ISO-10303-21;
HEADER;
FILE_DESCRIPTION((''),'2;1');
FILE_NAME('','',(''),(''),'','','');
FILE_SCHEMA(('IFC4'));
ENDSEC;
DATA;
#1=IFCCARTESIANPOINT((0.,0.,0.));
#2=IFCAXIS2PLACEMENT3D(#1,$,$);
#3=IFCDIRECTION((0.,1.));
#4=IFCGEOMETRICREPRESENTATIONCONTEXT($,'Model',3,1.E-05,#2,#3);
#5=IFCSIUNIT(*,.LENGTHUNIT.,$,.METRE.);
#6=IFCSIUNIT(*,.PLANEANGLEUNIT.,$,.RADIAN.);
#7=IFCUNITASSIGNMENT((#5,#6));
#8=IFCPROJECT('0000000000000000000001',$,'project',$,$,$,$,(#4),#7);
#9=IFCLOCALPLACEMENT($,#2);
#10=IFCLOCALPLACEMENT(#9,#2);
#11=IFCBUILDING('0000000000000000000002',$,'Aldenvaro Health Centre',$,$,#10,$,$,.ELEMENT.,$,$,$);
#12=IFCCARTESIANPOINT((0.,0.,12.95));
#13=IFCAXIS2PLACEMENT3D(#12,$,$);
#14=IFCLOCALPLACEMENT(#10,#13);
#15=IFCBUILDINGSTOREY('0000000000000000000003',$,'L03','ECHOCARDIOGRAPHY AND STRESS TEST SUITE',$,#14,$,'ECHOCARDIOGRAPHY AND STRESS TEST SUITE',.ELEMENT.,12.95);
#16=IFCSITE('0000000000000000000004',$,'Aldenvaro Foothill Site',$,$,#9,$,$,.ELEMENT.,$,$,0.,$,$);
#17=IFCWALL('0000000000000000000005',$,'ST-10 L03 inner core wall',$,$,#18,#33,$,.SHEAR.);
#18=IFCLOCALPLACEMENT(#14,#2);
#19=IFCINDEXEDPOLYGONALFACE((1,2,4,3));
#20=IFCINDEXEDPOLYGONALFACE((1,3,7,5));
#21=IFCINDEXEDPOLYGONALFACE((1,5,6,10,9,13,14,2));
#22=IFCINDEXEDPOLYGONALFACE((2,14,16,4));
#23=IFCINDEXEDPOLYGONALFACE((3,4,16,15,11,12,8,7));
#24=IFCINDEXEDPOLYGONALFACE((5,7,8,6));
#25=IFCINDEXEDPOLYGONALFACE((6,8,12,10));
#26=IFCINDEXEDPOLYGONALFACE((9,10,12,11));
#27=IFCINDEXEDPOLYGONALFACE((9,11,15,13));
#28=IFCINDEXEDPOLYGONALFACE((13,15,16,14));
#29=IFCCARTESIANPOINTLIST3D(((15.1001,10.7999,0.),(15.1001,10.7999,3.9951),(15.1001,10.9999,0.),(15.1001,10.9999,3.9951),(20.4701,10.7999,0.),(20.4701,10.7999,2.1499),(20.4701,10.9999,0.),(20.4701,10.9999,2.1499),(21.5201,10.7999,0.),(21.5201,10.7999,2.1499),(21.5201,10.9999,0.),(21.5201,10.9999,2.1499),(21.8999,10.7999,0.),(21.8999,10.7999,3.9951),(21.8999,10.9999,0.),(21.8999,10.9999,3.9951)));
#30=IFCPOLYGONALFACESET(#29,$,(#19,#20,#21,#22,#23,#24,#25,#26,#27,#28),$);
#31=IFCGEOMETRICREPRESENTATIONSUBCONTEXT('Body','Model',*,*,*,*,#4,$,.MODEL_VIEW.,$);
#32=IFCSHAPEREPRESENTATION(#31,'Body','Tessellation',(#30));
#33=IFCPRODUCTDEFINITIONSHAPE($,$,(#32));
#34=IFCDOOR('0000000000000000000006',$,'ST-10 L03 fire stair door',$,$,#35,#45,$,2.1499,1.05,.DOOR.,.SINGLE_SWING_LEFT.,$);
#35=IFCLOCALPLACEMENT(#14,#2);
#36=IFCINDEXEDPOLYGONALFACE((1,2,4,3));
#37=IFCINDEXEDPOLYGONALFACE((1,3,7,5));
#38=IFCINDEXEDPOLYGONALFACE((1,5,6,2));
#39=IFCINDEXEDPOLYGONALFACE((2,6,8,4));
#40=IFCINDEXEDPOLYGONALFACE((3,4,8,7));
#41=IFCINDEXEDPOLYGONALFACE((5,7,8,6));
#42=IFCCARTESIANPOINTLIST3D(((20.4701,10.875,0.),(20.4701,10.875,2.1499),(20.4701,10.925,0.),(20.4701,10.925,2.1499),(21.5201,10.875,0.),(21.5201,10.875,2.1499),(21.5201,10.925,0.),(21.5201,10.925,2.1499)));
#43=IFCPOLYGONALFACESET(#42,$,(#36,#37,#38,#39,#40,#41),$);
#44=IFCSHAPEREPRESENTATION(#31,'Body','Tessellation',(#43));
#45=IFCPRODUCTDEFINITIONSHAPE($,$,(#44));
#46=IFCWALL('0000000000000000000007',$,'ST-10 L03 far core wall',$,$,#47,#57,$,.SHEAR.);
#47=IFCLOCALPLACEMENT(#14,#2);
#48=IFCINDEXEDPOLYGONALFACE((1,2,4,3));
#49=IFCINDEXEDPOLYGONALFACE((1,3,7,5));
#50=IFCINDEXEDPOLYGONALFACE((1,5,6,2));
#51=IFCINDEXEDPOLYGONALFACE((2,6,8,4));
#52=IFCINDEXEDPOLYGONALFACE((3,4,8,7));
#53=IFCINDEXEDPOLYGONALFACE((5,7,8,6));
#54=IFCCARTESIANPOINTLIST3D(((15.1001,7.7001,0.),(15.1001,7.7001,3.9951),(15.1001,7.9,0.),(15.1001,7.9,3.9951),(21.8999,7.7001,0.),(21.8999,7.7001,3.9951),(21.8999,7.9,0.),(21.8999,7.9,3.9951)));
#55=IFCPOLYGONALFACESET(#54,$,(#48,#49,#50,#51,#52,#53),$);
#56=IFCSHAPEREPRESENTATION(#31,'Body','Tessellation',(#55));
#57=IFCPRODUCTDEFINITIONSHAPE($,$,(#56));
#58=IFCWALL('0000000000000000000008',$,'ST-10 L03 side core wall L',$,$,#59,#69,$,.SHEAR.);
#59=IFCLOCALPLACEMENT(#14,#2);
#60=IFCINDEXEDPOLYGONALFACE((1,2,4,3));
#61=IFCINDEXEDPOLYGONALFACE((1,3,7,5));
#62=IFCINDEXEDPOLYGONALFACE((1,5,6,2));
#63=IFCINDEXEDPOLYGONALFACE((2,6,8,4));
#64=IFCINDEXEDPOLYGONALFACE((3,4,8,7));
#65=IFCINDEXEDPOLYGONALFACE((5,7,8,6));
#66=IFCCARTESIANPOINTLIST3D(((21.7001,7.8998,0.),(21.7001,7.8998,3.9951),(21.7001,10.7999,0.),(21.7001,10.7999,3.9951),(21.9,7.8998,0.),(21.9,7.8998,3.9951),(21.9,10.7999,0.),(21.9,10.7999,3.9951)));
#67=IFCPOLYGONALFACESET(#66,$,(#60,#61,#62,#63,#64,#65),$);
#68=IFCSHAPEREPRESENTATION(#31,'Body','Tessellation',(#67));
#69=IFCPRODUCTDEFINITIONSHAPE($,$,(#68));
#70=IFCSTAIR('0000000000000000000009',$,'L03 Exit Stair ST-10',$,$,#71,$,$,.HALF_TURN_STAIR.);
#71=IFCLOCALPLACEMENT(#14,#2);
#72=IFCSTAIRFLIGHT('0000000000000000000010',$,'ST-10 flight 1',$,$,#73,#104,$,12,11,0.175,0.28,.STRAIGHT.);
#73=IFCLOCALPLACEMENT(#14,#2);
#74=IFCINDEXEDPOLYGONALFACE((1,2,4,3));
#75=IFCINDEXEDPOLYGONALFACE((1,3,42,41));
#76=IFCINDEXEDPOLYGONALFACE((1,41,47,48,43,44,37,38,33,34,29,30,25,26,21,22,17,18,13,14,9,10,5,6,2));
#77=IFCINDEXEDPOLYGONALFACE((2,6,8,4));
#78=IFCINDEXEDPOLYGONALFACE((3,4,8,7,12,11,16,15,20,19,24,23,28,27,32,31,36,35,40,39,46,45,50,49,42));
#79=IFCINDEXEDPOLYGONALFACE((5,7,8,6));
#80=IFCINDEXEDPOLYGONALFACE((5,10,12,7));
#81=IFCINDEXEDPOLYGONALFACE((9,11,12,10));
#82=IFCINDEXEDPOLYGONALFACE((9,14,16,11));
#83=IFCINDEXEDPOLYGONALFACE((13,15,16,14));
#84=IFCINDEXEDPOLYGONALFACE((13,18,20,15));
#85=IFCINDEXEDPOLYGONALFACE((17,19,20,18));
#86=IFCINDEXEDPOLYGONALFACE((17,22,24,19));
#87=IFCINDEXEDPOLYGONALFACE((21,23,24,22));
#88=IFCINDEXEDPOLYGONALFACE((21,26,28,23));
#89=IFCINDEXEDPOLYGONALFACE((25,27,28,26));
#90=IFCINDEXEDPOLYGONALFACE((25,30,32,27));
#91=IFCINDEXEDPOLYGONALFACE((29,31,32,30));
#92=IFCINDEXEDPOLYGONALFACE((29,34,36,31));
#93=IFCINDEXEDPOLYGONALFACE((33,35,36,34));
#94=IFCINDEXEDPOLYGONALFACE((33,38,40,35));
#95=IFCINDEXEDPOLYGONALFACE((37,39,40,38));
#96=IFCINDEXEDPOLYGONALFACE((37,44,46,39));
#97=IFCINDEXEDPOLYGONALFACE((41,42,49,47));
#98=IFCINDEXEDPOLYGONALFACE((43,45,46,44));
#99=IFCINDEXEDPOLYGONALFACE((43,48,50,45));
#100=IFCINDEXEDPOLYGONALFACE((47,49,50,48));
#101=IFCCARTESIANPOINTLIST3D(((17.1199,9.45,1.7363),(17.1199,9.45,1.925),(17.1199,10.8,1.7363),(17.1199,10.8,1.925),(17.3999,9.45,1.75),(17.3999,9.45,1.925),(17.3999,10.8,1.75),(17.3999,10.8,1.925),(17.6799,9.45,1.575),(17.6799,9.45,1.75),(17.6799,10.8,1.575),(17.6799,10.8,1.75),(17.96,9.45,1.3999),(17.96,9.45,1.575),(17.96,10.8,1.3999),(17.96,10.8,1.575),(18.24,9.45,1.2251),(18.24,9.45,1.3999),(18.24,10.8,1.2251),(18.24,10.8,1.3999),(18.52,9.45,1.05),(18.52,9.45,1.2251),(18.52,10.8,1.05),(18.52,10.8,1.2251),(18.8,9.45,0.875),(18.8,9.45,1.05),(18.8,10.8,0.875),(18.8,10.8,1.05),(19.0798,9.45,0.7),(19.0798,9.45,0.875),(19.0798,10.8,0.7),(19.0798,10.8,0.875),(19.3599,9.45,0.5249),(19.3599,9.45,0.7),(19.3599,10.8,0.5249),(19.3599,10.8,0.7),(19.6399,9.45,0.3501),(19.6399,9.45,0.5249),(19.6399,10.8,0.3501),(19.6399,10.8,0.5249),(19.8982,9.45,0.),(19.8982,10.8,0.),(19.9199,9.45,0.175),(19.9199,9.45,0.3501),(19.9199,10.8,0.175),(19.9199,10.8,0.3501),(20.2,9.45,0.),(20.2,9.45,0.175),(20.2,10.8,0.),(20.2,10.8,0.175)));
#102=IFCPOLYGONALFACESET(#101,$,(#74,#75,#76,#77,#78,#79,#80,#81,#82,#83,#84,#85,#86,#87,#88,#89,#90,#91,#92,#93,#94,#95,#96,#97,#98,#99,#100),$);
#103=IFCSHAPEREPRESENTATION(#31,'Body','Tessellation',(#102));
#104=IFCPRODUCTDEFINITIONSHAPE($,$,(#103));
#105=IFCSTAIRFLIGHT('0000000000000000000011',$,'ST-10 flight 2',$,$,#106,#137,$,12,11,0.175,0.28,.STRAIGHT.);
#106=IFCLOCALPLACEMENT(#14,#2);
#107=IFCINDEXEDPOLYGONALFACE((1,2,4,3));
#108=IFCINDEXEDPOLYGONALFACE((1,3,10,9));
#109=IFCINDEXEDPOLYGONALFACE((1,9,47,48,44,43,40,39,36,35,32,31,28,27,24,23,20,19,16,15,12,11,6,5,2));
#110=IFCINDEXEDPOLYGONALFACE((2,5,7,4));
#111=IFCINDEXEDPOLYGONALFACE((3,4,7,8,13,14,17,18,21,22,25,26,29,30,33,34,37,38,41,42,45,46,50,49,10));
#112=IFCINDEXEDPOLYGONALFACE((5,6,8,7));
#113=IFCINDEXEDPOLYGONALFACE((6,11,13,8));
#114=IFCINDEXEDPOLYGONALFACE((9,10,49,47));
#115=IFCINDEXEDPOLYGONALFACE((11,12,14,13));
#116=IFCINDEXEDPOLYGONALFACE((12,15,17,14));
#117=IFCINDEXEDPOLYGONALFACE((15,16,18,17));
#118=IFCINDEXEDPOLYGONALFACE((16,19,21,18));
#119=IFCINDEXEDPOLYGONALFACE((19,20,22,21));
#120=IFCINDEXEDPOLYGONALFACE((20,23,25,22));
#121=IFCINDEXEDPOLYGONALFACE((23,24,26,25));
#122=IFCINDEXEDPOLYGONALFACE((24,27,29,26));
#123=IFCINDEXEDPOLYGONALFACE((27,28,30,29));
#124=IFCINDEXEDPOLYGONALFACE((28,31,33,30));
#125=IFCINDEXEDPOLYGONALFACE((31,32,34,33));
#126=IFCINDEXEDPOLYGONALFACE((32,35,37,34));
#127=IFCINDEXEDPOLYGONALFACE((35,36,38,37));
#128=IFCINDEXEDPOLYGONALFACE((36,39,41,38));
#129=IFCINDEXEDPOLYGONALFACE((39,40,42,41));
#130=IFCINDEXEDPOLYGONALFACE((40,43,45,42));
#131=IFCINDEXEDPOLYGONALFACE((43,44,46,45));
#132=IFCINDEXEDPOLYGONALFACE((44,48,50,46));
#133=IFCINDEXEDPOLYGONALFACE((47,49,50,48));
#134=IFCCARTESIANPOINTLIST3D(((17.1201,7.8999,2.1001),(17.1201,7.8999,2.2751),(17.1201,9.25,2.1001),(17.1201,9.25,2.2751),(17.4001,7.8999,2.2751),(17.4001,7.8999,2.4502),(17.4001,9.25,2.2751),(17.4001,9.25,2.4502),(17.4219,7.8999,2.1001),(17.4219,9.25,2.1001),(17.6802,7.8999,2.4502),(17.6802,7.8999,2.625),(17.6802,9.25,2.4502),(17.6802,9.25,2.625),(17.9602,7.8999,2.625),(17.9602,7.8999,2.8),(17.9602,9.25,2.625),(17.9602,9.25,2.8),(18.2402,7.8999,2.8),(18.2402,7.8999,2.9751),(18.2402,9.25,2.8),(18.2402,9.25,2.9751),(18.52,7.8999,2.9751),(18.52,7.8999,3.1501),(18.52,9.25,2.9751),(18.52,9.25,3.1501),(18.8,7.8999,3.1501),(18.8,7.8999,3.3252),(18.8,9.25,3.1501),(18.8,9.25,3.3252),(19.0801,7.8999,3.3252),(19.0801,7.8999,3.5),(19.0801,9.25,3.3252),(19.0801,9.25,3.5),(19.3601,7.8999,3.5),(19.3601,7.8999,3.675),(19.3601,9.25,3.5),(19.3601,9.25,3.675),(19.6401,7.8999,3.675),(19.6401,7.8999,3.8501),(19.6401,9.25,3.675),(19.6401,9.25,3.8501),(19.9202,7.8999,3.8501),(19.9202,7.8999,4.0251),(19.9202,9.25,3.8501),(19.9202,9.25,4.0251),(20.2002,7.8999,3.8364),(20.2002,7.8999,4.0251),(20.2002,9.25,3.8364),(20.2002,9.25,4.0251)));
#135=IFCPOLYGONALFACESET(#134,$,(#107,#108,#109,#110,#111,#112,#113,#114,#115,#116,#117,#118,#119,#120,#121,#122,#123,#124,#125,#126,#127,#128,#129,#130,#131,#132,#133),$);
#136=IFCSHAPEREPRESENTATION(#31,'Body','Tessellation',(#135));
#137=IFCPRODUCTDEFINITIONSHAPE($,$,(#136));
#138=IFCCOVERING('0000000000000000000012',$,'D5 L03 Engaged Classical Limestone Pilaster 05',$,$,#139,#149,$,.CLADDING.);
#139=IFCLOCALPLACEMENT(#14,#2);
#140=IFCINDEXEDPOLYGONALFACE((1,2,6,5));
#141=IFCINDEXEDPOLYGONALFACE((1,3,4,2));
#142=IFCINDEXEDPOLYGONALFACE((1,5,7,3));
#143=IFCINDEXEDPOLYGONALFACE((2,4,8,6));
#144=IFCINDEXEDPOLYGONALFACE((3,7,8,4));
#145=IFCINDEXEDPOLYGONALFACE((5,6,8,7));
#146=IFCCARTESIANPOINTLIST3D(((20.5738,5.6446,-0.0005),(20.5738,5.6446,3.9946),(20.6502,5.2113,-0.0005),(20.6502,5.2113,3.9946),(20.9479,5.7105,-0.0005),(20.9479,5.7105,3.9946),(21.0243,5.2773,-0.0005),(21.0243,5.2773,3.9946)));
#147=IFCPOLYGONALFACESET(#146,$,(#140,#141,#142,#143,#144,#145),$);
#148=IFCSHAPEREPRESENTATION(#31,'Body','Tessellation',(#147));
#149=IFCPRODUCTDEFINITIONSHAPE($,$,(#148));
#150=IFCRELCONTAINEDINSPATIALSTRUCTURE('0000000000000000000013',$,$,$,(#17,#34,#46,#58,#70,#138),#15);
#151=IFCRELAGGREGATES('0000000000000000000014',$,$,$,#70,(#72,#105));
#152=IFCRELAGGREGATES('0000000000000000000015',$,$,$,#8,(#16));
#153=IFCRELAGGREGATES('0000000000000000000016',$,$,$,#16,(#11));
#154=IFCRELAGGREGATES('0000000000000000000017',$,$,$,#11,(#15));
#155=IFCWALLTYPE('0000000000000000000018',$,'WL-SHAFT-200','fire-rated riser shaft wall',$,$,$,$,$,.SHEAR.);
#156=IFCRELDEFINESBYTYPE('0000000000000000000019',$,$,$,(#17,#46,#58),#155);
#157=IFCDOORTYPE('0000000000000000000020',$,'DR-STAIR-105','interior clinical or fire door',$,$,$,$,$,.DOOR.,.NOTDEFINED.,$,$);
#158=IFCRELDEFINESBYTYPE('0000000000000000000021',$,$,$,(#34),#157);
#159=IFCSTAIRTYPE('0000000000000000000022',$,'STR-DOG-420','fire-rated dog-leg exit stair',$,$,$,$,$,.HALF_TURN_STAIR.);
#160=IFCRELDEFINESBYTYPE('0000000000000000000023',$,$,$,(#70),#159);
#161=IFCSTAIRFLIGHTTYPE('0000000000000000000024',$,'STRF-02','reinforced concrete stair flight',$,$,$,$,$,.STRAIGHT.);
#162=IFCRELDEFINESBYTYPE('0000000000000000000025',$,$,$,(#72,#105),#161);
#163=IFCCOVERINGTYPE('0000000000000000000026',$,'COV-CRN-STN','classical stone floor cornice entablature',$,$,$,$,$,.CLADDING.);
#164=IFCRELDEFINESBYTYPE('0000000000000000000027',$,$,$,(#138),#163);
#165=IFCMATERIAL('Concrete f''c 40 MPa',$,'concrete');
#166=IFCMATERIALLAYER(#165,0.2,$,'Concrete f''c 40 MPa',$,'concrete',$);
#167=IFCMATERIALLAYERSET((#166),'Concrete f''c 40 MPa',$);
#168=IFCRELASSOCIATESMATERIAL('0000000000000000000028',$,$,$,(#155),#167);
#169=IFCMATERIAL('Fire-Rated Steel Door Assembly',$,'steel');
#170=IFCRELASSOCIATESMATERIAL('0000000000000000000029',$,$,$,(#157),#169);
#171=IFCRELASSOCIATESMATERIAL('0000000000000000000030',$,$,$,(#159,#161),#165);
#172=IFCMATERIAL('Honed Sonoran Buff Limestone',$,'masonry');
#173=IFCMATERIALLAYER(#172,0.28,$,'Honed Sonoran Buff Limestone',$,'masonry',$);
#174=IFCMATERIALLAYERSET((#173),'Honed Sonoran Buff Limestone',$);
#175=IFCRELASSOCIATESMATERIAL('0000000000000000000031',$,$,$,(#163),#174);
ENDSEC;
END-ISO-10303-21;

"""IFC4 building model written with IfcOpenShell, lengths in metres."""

from ifc_helpers import new_model, si_unit, direction, frame, frame_2d, origin, origin_2d, place, context, subcontext, project, spatial, polyline, rectangle, outline, extrude, material, layer, layer_set, type_object, element, fill, aggregate, save


model = new_model("IFC4")

# Units and contexts
model_context = context("Model", 3, precision=1e-05, world=origin(), true_north=direction((0.0, 1.0)))
body_context = subcontext(model_context, "Body", "Model", "MODEL_VIEW")
ifc_project = project(units=[si_unit("LENGTHUNIT", "METRE"), si_unit("PLANEANGLEUNIT", "RADIAN")], contexts=[model_context])

# Site, building, storey
site_placement = place(None, origin())
site = spatial("IfcSite", under=ifc_project, at=site_placement, Name="Aldenvaro Foothill Site", CompositionType="ELEMENT", RefElevation=0.0)
building_placement = place(site_placement, origin())
building = spatial("IfcBuilding", under=site, at=building_placement, Name="Aldenvaro Health Centre", CompositionType="ELEMENT")
storey_placement = place(building_placement, frame((0.0, 0.0, 12.95)))
storey = spatial("IfcBuildingStorey", under=building, at=storey_placement, Name="L03", Description="ECHOCARDIOGRAPHY AND STRESS TEST SUITE", LongName="ECHOCARDIOGRAPHY AND STRESS TEST SUITE", CompositionType="ELEMENT", Elevation=12.95)

# Wall, opening, door
ifc_material_1 = material(Name="Concrete f'c 40 MPa", Category="concrete")
ifc_layer_1 = layer(ifc_material_1, 0.2, Name="Concrete f'c 40 MPa", Category="concrete")
ifc_layer_set_1 = layer_set([ifc_layer_1], Name="Concrete f'c 40 MPa")
wall_type_1 = type_object("IfcWallType", Name="WL-SHAFT-200", Description="fire-rated riser shaft wall", PredefinedType="SHEAR", material=ifc_layer_set_1)
wall_1_placement = place(storey_placement, frame((21.8999, 10.8999, 0.0), z_axis=(0.0, 0.0, 1.0), x_axis=(-1.0, 0.0, 0.0)))
wall_1 = element("IfcWall", 1, at=wall_1_placement, inside=storey, type_object=wall_type_1, Name="ST-10 L03 inner core wall", PredefinedType="SHEAR", context=body_context, shape_type="SweptSolid", body=[
    extrude(rectangle(XDim=6.7998, YDim=0.2, at=frame_2d((3.3999, 0.0))), origin(), (0.0, 0.0, 1.0), 3.9951),
])
opening_1_placement = place(wall_1_placement, frame((0.3799, 0.0, 0.0)))
opening_1 = element("IfcOpeningElement", 2, at=opening_1_placement, cuts=wall_1, PredefinedType="OPENING", context=body_context, shape_type="SweptSolid", body=[
    extrude(rectangle(XDim=1.05, YDim=2.1499, at=frame_2d((0.5249, 1.075))), frame((0.0, 0.1099, 0.0), z_axis=(0.0, -1.0, 0.0), x_axis=(1.0, 0.0, 0.0)), (0.0, 0.0, 1.0), 0.22),
])
ifc_material_2 = material(Name="Fire-Rated Steel Door Assembly", Category="steel")
door_type_1 = type_object("IfcDoorType", Name="DR-STAIR-105", Description="interior clinical or fire door", OperationType="NOTDEFINED", PredefinedType="DOOR", material=ifc_material_2)
door_1_placement = place(opening_1_placement, origin())
door_1 = element("IfcDoor", 3, at=door_1_placement, inside=storey, type_object=door_type_1, Name="ST-10 L03 fire stair door", OperationType="SINGLE_SWING_LEFT", OverallHeight=2.1499, OverallWidth=1.05, PredefinedType="DOOR", context=body_context, shape_type="SweptSolid", body=[
    extrude(rectangle(XDim=1.05, YDim=2.1499, at=frame_2d((0.5249, 1.075))), frame((0.0, 0.0249, 0.0), z_axis=(0.0, -1.0, 0.0), x_axis=(1.0, 0.0, 0.0)), (0.0, 0.0, 1.0), 0.05),
])
fill(opening_1, door_1)

# Walls
wall_2_placement = place(storey_placement, frame((21.8999, 7.8, 0.0), z_axis=(0.0, 0.0, 1.0), x_axis=(-1.0, 0.0, 0.0)))
element("IfcWall", 4, at=wall_2_placement, inside=storey, type_object=wall_type_1, Name="ST-10 L03 far core wall", PredefinedType="SHEAR", context=body_context, shape_type="SweptSolid", body=[
    extrude(rectangle(XDim=6.7998, YDim=0.2, at=frame_2d((3.3999, 0.0))), origin(), (0.0, 0.0, 1.0), 3.9951),
])
wall_3_placement = place(storey_placement, frame((21.8, 10.8, 0.0), z_axis=(0.0, 0.0, 1.0), x_axis=(0.0, -1.0, 0.0)))
element("IfcWall", 5, at=wall_3_placement, inside=storey, type_object=wall_type_1, Name="ST-10 L03 side core wall L", PredefinedType="SHEAR", context=body_context, shape_type="SweptSolid", body=[
    extrude(rectangle(XDim=2.9001, YDim=0.2, at=frame_2d((1.4502, 0.0))), origin(), (0.0, 0.0, 1.0), 3.9951),
])

# Stair, stair flights
stair_type = type_object("IfcStairType", Name="STR-DOG-420", Description="fire-rated dog-leg exit stair", PredefinedType="HALF_TURN_STAIR", material=ifc_material_1)
stair_placement = place(storey_placement, origin())
stair = element("IfcStair", 6, at=stair_placement, inside=storey, type_object=stair_type, Name="L03 Exit Stair ST-10", PredefinedType="HALF_TURN_STAIR")
stair_flight_type = type_object("IfcStairFlightType", Name="STRF-02", Description="reinforced concrete stair flight", PredefinedType="STRAIGHT", material=ifc_material_1)
stair_flight_1_placement = place(storey_placement, frame((20.2, 10.125, 0.0), z_axis=(0.0, 0.0, 1.0), x_axis=(-1.0, 0.0, 0.0)))
stair_flight_1 = element("IfcStairFlight", 7, at=stair_flight_1_placement, type_object=stair_flight_type, Name="ST-10 flight 1", NumberOfRisers=12, NumberOfTreads=11, PredefinedType="STRAIGHT", RiserHeight=0.175, TreadLength=0.28, context=body_context, shape_type="SweptSolid", body=[
    extrude(outline(polyline([(0.0, 0.0), (0.0, 0.175), (0.28, 0.175), (0.28, 0.3501), (0.5601, 0.3501), (0.5601, 0.5249), (0.8401, 0.5249), (0.8401, 0.7), (1.1201, 0.7), (1.1201, 0.875), (1.3999, 0.875), (1.3999, 1.05), (1.6799, 1.05), (1.6799, 1.2251), (1.96, 1.2251), (1.96, 1.3999), (2.24, 1.3999), (2.24, 1.575), (2.52, 1.575), (2.52, 1.75), (2.8, 1.75), (2.8, 1.925), (3.0801, 1.925), (3.0801, 2.1001), (3.0801, 1.7363), (0.3018, 0.0), (0.0, 0.0)])), frame((0.0, 0.675, 0.0), z_axis=(0.0, -1.0, 0.0), x_axis=(1.0, 0.0, 0.0)), (0.0, 0.0, 1.0), 1.3501),
])
stair_flight_2_placement = place(storey_placement, frame((17.1201, 8.575, 2.1001), z_axis=(0.0, 0.0, 1.0), x_axis=(1.0, 0.0, 0.0)))
stair_flight_2 = element("IfcStairFlight", 8, at=stair_flight_2_placement, type_object=stair_flight_type, Name="ST-10 flight 2", NumberOfRisers=12, NumberOfTreads=11, PredefinedType="STRAIGHT", RiserHeight=0.175, TreadLength=0.28, context=body_context, shape_type="SweptSolid", body=[
    extrude(outline(polyline([(0.0, 0.0), (0.0, 0.175), (0.28, 0.175), (0.28, 0.3501), (0.5601, 0.3501), (0.5601, 0.5249), (0.8401, 0.5249), (0.8401, 0.7), (1.1201, 0.7), (1.1201, 0.875), (1.3999, 0.875), (1.3999, 1.05), (1.6799, 1.05), (1.6799, 1.2251), (1.96, 1.2251), (1.96, 1.3999), (2.24, 1.3999), (2.24, 1.575), (2.52, 1.575), (2.52, 1.75), (2.8, 1.75), (2.8, 1.925), (3.0801, 1.925), (3.0801, 2.1001), (3.0801, 1.7363), (0.3018, 0.0), (0.0, 0.0)])), frame((0.0, 0.675, 0.0), z_axis=(0.0, -1.0, 0.0), x_axis=(1.0, 0.0, 0.0)), (0.0, 0.0, 1.0), 1.3501),
])
aggregate(stair, [stair_flight_1, stair_flight_2])

# Covering
ifc_material_3 = material(Name="Honed Sonoran Buff Limestone", Category="masonry")
ifc_layer_2 = layer(ifc_material_3, 0.28, Name="Honed Sonoran Buff Limestone", Category="masonry")
ifc_layer_set_2 = layer_set([ifc_layer_2], Name="Honed Sonoran Buff Limestone")
covering_type = type_object("IfcCoveringType", Name="COV-CRN-STN", Description="classical stone floor cornice entablature", PredefinedType="CLADDING", material=ifc_layer_set_2)
covering_placement = place(storey_placement, frame((20.7991, 5.4609, -0.0005), z_axis=(0.0, 0.0, 1.0), x_axis=(0.173644, -0.984809, 0.0)))
element("IfcCovering", 9, at=covering_placement, inside=storey, type_object=covering_type, Name="D5 L03 Engaged Classical Limestone Pilaster 05", PredefinedType="CLADDING", context=body_context, shape_type="SweptSolid", body=[
    extrude(rectangle(XDim=0.4399, YDim=0.3799, at=origin_2d()), origin(), (0.0, 0.0, 1.0), 3.9951),
])

save(model, "model.ifc")
